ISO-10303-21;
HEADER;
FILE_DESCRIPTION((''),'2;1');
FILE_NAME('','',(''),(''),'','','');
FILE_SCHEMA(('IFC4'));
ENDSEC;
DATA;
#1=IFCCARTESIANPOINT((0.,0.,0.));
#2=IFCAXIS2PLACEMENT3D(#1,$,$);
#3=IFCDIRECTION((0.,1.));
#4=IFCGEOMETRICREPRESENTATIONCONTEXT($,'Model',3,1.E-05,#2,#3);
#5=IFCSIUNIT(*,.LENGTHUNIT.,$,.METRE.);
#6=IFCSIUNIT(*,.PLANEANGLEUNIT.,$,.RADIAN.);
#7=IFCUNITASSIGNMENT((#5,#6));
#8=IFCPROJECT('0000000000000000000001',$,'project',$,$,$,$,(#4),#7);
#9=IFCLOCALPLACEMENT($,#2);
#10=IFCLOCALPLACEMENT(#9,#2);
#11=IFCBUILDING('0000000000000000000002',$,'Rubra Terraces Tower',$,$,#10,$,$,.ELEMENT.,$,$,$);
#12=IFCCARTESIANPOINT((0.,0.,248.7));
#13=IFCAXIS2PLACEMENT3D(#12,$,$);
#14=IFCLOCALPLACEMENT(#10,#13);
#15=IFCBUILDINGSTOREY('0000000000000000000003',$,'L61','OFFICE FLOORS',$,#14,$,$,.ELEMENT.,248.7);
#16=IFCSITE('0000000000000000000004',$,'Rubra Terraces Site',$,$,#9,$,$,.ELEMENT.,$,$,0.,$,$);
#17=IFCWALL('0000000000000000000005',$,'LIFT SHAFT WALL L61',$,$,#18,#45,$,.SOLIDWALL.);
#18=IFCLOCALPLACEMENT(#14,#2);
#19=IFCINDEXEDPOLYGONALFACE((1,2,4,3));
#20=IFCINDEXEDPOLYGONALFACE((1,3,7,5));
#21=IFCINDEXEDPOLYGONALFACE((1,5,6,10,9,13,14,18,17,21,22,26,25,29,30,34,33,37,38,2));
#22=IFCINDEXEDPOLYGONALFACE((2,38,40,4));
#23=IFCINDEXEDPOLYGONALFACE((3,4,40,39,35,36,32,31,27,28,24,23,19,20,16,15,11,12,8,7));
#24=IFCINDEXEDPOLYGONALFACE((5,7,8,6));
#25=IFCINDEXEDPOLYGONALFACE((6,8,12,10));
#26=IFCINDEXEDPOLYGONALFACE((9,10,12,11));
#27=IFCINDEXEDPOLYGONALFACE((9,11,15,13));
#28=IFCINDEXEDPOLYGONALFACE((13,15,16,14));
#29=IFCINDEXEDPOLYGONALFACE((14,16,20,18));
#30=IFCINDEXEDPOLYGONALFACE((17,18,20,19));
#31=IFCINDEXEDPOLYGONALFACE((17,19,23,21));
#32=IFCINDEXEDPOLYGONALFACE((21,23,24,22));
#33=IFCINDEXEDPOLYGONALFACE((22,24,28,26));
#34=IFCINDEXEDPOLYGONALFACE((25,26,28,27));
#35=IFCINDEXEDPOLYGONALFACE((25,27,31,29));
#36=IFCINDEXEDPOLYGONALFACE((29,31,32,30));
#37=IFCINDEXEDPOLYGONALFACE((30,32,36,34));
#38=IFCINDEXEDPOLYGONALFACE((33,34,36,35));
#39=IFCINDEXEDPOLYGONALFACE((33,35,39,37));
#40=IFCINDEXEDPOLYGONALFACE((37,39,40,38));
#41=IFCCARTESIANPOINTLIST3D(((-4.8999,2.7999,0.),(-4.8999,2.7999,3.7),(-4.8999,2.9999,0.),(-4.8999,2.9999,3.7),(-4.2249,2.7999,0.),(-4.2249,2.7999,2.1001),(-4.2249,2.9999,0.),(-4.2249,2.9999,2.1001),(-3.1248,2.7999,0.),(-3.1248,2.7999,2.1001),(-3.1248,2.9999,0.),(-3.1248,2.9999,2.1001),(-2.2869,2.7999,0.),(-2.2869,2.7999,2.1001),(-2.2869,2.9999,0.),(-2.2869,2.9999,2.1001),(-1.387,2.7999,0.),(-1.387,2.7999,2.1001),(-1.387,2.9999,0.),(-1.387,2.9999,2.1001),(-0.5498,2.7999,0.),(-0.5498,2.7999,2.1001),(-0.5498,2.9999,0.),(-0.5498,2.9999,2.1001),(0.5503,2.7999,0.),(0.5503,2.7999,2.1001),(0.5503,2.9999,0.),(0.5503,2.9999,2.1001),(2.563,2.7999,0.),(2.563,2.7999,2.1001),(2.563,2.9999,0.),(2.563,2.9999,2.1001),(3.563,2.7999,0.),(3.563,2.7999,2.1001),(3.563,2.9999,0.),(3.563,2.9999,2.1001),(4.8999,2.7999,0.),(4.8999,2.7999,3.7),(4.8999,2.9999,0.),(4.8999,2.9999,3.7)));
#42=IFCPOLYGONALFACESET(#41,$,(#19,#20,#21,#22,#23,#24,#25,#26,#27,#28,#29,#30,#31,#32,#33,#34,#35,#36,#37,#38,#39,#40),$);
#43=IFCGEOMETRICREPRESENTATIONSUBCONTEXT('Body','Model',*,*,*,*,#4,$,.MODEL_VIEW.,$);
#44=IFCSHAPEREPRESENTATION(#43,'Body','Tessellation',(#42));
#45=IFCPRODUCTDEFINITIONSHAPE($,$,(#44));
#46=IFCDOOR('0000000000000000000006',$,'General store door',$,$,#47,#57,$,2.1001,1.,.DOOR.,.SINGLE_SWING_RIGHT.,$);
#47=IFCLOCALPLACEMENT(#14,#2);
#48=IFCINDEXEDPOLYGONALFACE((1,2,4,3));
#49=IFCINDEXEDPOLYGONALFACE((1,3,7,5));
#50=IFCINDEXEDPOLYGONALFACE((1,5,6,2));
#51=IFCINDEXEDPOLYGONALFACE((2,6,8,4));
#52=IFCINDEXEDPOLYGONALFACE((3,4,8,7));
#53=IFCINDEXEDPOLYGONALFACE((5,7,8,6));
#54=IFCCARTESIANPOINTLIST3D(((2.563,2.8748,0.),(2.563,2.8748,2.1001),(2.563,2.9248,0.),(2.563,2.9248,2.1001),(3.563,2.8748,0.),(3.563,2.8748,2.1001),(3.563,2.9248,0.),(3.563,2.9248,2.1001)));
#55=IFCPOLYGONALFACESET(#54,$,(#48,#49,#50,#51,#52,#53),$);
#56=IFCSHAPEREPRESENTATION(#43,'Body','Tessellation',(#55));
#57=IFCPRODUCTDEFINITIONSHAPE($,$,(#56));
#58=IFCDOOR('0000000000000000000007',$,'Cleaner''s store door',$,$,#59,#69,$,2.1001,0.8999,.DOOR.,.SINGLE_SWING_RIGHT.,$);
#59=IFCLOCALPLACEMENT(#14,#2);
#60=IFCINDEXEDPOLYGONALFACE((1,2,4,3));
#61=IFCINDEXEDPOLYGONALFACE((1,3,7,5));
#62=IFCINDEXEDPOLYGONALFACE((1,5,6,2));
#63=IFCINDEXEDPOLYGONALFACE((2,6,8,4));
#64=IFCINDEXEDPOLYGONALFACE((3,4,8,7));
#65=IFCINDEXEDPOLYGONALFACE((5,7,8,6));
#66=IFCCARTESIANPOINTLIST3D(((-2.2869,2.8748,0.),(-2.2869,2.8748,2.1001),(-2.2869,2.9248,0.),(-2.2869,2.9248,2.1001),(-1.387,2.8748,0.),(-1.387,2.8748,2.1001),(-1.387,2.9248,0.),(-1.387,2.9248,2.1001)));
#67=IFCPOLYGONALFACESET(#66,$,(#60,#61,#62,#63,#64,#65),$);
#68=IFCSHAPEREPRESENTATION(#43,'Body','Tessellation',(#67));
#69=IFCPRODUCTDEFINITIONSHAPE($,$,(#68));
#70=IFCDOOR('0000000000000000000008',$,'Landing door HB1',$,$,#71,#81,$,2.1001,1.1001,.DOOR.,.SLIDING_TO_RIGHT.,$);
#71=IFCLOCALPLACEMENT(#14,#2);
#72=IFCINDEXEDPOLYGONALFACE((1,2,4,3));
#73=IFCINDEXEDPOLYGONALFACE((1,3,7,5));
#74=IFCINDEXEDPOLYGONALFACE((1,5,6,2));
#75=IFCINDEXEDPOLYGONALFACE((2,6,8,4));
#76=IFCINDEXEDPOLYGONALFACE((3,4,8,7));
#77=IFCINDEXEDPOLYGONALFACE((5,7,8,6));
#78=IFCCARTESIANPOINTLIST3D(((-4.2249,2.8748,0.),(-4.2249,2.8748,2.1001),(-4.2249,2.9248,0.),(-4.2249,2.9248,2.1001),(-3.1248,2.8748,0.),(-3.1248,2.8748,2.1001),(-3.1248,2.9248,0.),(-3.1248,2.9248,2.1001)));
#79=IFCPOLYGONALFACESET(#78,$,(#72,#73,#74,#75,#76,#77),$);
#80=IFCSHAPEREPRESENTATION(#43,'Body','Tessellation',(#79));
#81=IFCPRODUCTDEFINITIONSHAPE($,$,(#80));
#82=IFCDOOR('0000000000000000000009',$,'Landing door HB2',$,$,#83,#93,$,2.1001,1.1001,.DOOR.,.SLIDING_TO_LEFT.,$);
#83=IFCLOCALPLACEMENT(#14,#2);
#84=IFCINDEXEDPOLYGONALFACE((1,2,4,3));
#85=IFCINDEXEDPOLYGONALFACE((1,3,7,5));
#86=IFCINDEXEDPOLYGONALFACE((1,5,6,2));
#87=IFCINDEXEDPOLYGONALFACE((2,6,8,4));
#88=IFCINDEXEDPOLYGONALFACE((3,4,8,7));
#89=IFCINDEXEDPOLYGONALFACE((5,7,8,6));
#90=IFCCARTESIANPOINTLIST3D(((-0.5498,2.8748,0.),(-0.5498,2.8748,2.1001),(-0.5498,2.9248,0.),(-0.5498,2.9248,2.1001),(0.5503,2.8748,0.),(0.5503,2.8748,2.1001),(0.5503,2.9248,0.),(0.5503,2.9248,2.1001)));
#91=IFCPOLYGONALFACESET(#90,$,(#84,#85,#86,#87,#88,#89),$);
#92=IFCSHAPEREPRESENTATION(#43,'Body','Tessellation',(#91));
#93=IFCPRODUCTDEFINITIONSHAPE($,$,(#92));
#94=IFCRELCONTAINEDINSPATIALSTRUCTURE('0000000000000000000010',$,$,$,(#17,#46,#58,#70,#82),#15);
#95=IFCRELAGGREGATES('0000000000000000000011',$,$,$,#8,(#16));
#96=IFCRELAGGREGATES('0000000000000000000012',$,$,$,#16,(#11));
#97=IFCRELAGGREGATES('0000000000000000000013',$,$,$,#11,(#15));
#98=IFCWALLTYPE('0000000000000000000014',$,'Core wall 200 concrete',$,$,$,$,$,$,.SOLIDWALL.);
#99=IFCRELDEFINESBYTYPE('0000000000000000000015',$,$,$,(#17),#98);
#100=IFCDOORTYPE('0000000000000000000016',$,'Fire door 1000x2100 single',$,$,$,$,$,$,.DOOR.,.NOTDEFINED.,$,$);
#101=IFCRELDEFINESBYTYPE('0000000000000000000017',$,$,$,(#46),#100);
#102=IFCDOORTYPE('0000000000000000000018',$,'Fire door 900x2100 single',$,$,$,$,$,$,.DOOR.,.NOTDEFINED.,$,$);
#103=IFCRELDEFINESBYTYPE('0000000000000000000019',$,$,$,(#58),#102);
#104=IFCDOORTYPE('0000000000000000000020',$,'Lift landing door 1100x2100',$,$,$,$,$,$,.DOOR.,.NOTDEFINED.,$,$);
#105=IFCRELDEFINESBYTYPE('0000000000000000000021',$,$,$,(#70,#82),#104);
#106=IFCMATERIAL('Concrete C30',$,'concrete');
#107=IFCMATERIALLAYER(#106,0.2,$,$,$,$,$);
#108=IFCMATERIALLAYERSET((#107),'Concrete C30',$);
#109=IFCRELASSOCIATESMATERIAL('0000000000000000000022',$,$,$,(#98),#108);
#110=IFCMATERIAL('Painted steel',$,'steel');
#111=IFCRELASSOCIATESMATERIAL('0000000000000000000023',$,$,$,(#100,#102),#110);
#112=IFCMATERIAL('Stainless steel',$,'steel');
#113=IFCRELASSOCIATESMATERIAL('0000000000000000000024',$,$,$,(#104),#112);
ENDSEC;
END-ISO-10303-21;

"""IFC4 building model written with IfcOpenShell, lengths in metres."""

from ifc_helpers import new_model, si_unit, direction, frame, frame_2d, origin, place, context, subcontext, project, spatial, rectangle, extrude, material, layer, layer_set, type_object, element, fill, save


model = new_model("IFC4")

# Units and contexts
model_context = context("Model", 3, precision=1e-05, world=origin(), true_north=direction((0.0, 1.0)))
body_context = subcontext(model_context, "Body", "Model", "MODEL_VIEW")
ifc_project = project(units=[si_unit("LENGTHUNIT", "METRE"), si_unit("PLANEANGLEUNIT", "RADIAN")], contexts=[model_context])

# Site, building, storey
site_placement = place(None, origin())
site = spatial("IfcSite", under=ifc_project, at=site_placement, Name="Rubra Terraces Site", CompositionType="ELEMENT", RefElevation=0.0)
building_placement = place(site_placement, origin())
building = spatial("IfcBuilding", under=site, at=building_placement, Name="Rubra Terraces Tower", CompositionType="ELEMENT")
storey_placement = place(building_placement, frame((0.0, 0.0, 248.7)))
storey = spatial("IfcBuildingStorey", under=building, at=storey_placement, Name="L61", Description="OFFICE FLOORS", CompositionType="ELEMENT", Elevation=248.7)

# Shared definitions
ifc_material_1 = material(Name="Concrete C30", Category="concrete")
ifc_layer_1 = layer(ifc_material_1, 0.2)
ifc_layer_set_1 = layer_set([ifc_layer_1], Name="Concrete C30")
wall_type_1 = type_object("IfcWallType", Name="Core wall 200 concrete", PredefinedType="SOLIDWALL", material=ifc_layer_set_1)
ifc_material_2 = material(Name="Painted steel", Category="steel")
ifc_material_3 = material(Name="Stainless steel", Category="steel")

# Wall, openings, doors
wall_1_placement = place(storey_placement, frame((-4.8999, 2.8999, 0.0), z_axis=(0.0, 0.0, 1.0), x_axis=(1.0, 0.0, 0.0)))
wall_1 = element("IfcWall", 1, at=wall_1_placement, inside=storey, type_object=wall_type_1, Name="LIFT SHAFT WALL L61", PredefinedType="SOLIDWALL", context=body_context, shape_type="SweptSolid", body=[
    extrude(rectangle(XDim=9.7998, YDim=0.2, at=frame_2d((4.8999, 0.0))), origin(), (0.0, 0.0, 1.0), 3.7),
])
opening_1_placement = place(wall_1_placement, frame((0.675, 0.0, 0.0)))
opening_1 = element("IfcOpeningElement", 2, at=opening_1_placement, cuts=wall_1, PredefinedType="OPENING", context=body_context, shape_type="SweptSolid", body=[
    extrude(rectangle(XDim=1.1001, YDim=2.1001, at=frame_2d((0.55, 1.05))), frame((0.0, 0.1099, 0.0), z_axis=(0.0, -1.0, 0.0), x_axis=(1.0, 0.0, 0.0)), (0.0, 0.0, 1.0), 0.22),
])
opening_2_placement = place(wall_1_placement, frame((2.613, 0.0, 0.0)))
opening_2 = element("IfcOpeningElement", 3, at=opening_2_placement, cuts=wall_1, PredefinedType="OPENING", context=body_context, shape_type="SweptSolid", body=[
    extrude(rectangle(XDim=0.8999, YDim=2.1001, at=frame_2d((0.45, 1.05))), frame((0.0, 0.1099, 0.0), z_axis=(0.0, -1.0, 0.0), x_axis=(1.0, 0.0, 0.0)), (0.0, 0.0, 1.0), 0.22),
])
opening_3_placement = place(wall_1_placement, frame((4.3501, 0.0, 0.0)))
opening_3 = element("IfcOpeningElement", 4, at=opening_3_placement, cuts=wall_1, PredefinedType="OPENING", context=body_context, shape_type="SweptSolid", body=[
    extrude(rectangle(XDim=1.1001, YDim=2.1001, at=frame_2d((0.55, 1.05))), frame((0.0, 0.1099, 0.0), z_axis=(0.0, -1.0, 0.0), x_axis=(1.0, 0.0, 0.0)), (0.0, 0.0, 1.0), 0.22),
])
opening_4_placement = place(wall_1_placement, frame((7.4629, 0.0, 0.0)))
opening_4 = element("IfcOpeningElement", 5, at=opening_4_placement, cuts=wall_1, PredefinedType="OPENING", context=body_context, shape_type="SweptSolid", body=[
    extrude(rectangle(XDim=1.0, YDim=2.1001, at=frame_2d((0.5, 1.05))), frame((0.0, 0.1099, 0.0), z_axis=(0.0, -1.0, 0.0), x_axis=(1.0, 0.0, 0.0)), (0.0, 0.0, 1.0), 0.22),
])
door_type_1 = type_object("IfcDoorType", Name="Fire door 1000x2100 single", OperationType="NOTDEFINED", PredefinedType="DOOR", material=ifc_material_2)
door_1_placement = place(opening_4_placement, origin())
door_1 = element("IfcDoor", 6, at=door_1_placement, inside=storey, type_object=door_type_1, Name="General store door", OperationType="SINGLE_SWING_RIGHT", OverallHeight=2.1001, OverallWidth=1.0, PredefinedType="DOOR", context=body_context, shape_type="SweptSolid", body=[
    extrude(rectangle(XDim=1.0, YDim=2.1001, at=frame_2d((0.5, 1.05))), frame((0.0, 0.0249, 0.0), z_axis=(0.0, -1.0, 0.0), x_axis=(1.0, 0.0, 0.0)), (0.0, 0.0, 1.0), 0.05),
])
fill(opening_4, door_1)
door_type_2 = type_object("IfcDoorType", Name="Fire door 900x2100 single", OperationType="NOTDEFINED", PredefinedType="DOOR", material=ifc_material_2)
door_2_placement = place(opening_2_placement, origin())
door_2 = element("IfcDoor", 7, at=door_2_placement, inside=storey, type_object=door_type_2, Name="Cleaner's store door", OperationType="SINGLE_SWING_RIGHT", OverallHeight=2.1001, OverallWidth=0.8999, PredefinedType="DOOR", context=body_context, shape_type="SweptSolid", body=[
    extrude(rectangle(XDim=0.8999, YDim=2.1001, at=frame_2d((0.45, 1.05))), frame((0.0, 0.0249, 0.0), z_axis=(0.0, -1.0, 0.0), x_axis=(1.0, 0.0, 0.0)), (0.0, 0.0, 1.0), 0.05),
])
fill(opening_2, door_2)
door_type_3 = type_object("IfcDoorType", Name="Lift landing door 1100x2100", OperationType="NOTDEFINED", PredefinedType="DOOR", material=ifc_material_3)
door_3_placement = place(opening_1_placement, origin())
door_3 = element("IfcDoor", 8, at=door_3_placement, inside=storey, type_object=door_type_3, Name="Landing door HB1", OperationType="SLIDING_TO_RIGHT", OverallHeight=2.1001, OverallWidth=1.1001, PredefinedType="DOOR", context=body_context, shape_type="SweptSolid", body=[
    extrude(rectangle(XDim=1.1001, YDim=2.1001, at=frame_2d((0.55, 1.05))), frame((0.0, 0.0249, 0.0), z_axis=(0.0, -1.0, 0.0), x_axis=(1.0, 0.0, 0.0)), (0.0, 0.0, 1.0), 0.05),
])
fill(opening_1, door_3)
door_4_placement = place(opening_3_placement, origin())
door_4 = element("IfcDoor", 9, at=door_4_placement, inside=storey, type_object=door_type_3, Name="Landing door HB2", OperationType="SLIDING_TO_LEFT", OverallHeight=2.1001, OverallWidth=1.1001, PredefinedType="DOOR", context=body_context, shape_type="SweptSolid", body=[
    extrude(rectangle(XDim=1.1001, YDim=2.1001, at=frame_2d((0.55, 1.05))), frame((0.0, 0.0249, 0.0), z_axis=(0.0, -1.0, 0.0), x_axis=(1.0, 0.0, 0.0)), (0.0, 0.0, 1.0), 0.05),
])
fill(opening_3, door_4)

save(model, "model.ifc")
